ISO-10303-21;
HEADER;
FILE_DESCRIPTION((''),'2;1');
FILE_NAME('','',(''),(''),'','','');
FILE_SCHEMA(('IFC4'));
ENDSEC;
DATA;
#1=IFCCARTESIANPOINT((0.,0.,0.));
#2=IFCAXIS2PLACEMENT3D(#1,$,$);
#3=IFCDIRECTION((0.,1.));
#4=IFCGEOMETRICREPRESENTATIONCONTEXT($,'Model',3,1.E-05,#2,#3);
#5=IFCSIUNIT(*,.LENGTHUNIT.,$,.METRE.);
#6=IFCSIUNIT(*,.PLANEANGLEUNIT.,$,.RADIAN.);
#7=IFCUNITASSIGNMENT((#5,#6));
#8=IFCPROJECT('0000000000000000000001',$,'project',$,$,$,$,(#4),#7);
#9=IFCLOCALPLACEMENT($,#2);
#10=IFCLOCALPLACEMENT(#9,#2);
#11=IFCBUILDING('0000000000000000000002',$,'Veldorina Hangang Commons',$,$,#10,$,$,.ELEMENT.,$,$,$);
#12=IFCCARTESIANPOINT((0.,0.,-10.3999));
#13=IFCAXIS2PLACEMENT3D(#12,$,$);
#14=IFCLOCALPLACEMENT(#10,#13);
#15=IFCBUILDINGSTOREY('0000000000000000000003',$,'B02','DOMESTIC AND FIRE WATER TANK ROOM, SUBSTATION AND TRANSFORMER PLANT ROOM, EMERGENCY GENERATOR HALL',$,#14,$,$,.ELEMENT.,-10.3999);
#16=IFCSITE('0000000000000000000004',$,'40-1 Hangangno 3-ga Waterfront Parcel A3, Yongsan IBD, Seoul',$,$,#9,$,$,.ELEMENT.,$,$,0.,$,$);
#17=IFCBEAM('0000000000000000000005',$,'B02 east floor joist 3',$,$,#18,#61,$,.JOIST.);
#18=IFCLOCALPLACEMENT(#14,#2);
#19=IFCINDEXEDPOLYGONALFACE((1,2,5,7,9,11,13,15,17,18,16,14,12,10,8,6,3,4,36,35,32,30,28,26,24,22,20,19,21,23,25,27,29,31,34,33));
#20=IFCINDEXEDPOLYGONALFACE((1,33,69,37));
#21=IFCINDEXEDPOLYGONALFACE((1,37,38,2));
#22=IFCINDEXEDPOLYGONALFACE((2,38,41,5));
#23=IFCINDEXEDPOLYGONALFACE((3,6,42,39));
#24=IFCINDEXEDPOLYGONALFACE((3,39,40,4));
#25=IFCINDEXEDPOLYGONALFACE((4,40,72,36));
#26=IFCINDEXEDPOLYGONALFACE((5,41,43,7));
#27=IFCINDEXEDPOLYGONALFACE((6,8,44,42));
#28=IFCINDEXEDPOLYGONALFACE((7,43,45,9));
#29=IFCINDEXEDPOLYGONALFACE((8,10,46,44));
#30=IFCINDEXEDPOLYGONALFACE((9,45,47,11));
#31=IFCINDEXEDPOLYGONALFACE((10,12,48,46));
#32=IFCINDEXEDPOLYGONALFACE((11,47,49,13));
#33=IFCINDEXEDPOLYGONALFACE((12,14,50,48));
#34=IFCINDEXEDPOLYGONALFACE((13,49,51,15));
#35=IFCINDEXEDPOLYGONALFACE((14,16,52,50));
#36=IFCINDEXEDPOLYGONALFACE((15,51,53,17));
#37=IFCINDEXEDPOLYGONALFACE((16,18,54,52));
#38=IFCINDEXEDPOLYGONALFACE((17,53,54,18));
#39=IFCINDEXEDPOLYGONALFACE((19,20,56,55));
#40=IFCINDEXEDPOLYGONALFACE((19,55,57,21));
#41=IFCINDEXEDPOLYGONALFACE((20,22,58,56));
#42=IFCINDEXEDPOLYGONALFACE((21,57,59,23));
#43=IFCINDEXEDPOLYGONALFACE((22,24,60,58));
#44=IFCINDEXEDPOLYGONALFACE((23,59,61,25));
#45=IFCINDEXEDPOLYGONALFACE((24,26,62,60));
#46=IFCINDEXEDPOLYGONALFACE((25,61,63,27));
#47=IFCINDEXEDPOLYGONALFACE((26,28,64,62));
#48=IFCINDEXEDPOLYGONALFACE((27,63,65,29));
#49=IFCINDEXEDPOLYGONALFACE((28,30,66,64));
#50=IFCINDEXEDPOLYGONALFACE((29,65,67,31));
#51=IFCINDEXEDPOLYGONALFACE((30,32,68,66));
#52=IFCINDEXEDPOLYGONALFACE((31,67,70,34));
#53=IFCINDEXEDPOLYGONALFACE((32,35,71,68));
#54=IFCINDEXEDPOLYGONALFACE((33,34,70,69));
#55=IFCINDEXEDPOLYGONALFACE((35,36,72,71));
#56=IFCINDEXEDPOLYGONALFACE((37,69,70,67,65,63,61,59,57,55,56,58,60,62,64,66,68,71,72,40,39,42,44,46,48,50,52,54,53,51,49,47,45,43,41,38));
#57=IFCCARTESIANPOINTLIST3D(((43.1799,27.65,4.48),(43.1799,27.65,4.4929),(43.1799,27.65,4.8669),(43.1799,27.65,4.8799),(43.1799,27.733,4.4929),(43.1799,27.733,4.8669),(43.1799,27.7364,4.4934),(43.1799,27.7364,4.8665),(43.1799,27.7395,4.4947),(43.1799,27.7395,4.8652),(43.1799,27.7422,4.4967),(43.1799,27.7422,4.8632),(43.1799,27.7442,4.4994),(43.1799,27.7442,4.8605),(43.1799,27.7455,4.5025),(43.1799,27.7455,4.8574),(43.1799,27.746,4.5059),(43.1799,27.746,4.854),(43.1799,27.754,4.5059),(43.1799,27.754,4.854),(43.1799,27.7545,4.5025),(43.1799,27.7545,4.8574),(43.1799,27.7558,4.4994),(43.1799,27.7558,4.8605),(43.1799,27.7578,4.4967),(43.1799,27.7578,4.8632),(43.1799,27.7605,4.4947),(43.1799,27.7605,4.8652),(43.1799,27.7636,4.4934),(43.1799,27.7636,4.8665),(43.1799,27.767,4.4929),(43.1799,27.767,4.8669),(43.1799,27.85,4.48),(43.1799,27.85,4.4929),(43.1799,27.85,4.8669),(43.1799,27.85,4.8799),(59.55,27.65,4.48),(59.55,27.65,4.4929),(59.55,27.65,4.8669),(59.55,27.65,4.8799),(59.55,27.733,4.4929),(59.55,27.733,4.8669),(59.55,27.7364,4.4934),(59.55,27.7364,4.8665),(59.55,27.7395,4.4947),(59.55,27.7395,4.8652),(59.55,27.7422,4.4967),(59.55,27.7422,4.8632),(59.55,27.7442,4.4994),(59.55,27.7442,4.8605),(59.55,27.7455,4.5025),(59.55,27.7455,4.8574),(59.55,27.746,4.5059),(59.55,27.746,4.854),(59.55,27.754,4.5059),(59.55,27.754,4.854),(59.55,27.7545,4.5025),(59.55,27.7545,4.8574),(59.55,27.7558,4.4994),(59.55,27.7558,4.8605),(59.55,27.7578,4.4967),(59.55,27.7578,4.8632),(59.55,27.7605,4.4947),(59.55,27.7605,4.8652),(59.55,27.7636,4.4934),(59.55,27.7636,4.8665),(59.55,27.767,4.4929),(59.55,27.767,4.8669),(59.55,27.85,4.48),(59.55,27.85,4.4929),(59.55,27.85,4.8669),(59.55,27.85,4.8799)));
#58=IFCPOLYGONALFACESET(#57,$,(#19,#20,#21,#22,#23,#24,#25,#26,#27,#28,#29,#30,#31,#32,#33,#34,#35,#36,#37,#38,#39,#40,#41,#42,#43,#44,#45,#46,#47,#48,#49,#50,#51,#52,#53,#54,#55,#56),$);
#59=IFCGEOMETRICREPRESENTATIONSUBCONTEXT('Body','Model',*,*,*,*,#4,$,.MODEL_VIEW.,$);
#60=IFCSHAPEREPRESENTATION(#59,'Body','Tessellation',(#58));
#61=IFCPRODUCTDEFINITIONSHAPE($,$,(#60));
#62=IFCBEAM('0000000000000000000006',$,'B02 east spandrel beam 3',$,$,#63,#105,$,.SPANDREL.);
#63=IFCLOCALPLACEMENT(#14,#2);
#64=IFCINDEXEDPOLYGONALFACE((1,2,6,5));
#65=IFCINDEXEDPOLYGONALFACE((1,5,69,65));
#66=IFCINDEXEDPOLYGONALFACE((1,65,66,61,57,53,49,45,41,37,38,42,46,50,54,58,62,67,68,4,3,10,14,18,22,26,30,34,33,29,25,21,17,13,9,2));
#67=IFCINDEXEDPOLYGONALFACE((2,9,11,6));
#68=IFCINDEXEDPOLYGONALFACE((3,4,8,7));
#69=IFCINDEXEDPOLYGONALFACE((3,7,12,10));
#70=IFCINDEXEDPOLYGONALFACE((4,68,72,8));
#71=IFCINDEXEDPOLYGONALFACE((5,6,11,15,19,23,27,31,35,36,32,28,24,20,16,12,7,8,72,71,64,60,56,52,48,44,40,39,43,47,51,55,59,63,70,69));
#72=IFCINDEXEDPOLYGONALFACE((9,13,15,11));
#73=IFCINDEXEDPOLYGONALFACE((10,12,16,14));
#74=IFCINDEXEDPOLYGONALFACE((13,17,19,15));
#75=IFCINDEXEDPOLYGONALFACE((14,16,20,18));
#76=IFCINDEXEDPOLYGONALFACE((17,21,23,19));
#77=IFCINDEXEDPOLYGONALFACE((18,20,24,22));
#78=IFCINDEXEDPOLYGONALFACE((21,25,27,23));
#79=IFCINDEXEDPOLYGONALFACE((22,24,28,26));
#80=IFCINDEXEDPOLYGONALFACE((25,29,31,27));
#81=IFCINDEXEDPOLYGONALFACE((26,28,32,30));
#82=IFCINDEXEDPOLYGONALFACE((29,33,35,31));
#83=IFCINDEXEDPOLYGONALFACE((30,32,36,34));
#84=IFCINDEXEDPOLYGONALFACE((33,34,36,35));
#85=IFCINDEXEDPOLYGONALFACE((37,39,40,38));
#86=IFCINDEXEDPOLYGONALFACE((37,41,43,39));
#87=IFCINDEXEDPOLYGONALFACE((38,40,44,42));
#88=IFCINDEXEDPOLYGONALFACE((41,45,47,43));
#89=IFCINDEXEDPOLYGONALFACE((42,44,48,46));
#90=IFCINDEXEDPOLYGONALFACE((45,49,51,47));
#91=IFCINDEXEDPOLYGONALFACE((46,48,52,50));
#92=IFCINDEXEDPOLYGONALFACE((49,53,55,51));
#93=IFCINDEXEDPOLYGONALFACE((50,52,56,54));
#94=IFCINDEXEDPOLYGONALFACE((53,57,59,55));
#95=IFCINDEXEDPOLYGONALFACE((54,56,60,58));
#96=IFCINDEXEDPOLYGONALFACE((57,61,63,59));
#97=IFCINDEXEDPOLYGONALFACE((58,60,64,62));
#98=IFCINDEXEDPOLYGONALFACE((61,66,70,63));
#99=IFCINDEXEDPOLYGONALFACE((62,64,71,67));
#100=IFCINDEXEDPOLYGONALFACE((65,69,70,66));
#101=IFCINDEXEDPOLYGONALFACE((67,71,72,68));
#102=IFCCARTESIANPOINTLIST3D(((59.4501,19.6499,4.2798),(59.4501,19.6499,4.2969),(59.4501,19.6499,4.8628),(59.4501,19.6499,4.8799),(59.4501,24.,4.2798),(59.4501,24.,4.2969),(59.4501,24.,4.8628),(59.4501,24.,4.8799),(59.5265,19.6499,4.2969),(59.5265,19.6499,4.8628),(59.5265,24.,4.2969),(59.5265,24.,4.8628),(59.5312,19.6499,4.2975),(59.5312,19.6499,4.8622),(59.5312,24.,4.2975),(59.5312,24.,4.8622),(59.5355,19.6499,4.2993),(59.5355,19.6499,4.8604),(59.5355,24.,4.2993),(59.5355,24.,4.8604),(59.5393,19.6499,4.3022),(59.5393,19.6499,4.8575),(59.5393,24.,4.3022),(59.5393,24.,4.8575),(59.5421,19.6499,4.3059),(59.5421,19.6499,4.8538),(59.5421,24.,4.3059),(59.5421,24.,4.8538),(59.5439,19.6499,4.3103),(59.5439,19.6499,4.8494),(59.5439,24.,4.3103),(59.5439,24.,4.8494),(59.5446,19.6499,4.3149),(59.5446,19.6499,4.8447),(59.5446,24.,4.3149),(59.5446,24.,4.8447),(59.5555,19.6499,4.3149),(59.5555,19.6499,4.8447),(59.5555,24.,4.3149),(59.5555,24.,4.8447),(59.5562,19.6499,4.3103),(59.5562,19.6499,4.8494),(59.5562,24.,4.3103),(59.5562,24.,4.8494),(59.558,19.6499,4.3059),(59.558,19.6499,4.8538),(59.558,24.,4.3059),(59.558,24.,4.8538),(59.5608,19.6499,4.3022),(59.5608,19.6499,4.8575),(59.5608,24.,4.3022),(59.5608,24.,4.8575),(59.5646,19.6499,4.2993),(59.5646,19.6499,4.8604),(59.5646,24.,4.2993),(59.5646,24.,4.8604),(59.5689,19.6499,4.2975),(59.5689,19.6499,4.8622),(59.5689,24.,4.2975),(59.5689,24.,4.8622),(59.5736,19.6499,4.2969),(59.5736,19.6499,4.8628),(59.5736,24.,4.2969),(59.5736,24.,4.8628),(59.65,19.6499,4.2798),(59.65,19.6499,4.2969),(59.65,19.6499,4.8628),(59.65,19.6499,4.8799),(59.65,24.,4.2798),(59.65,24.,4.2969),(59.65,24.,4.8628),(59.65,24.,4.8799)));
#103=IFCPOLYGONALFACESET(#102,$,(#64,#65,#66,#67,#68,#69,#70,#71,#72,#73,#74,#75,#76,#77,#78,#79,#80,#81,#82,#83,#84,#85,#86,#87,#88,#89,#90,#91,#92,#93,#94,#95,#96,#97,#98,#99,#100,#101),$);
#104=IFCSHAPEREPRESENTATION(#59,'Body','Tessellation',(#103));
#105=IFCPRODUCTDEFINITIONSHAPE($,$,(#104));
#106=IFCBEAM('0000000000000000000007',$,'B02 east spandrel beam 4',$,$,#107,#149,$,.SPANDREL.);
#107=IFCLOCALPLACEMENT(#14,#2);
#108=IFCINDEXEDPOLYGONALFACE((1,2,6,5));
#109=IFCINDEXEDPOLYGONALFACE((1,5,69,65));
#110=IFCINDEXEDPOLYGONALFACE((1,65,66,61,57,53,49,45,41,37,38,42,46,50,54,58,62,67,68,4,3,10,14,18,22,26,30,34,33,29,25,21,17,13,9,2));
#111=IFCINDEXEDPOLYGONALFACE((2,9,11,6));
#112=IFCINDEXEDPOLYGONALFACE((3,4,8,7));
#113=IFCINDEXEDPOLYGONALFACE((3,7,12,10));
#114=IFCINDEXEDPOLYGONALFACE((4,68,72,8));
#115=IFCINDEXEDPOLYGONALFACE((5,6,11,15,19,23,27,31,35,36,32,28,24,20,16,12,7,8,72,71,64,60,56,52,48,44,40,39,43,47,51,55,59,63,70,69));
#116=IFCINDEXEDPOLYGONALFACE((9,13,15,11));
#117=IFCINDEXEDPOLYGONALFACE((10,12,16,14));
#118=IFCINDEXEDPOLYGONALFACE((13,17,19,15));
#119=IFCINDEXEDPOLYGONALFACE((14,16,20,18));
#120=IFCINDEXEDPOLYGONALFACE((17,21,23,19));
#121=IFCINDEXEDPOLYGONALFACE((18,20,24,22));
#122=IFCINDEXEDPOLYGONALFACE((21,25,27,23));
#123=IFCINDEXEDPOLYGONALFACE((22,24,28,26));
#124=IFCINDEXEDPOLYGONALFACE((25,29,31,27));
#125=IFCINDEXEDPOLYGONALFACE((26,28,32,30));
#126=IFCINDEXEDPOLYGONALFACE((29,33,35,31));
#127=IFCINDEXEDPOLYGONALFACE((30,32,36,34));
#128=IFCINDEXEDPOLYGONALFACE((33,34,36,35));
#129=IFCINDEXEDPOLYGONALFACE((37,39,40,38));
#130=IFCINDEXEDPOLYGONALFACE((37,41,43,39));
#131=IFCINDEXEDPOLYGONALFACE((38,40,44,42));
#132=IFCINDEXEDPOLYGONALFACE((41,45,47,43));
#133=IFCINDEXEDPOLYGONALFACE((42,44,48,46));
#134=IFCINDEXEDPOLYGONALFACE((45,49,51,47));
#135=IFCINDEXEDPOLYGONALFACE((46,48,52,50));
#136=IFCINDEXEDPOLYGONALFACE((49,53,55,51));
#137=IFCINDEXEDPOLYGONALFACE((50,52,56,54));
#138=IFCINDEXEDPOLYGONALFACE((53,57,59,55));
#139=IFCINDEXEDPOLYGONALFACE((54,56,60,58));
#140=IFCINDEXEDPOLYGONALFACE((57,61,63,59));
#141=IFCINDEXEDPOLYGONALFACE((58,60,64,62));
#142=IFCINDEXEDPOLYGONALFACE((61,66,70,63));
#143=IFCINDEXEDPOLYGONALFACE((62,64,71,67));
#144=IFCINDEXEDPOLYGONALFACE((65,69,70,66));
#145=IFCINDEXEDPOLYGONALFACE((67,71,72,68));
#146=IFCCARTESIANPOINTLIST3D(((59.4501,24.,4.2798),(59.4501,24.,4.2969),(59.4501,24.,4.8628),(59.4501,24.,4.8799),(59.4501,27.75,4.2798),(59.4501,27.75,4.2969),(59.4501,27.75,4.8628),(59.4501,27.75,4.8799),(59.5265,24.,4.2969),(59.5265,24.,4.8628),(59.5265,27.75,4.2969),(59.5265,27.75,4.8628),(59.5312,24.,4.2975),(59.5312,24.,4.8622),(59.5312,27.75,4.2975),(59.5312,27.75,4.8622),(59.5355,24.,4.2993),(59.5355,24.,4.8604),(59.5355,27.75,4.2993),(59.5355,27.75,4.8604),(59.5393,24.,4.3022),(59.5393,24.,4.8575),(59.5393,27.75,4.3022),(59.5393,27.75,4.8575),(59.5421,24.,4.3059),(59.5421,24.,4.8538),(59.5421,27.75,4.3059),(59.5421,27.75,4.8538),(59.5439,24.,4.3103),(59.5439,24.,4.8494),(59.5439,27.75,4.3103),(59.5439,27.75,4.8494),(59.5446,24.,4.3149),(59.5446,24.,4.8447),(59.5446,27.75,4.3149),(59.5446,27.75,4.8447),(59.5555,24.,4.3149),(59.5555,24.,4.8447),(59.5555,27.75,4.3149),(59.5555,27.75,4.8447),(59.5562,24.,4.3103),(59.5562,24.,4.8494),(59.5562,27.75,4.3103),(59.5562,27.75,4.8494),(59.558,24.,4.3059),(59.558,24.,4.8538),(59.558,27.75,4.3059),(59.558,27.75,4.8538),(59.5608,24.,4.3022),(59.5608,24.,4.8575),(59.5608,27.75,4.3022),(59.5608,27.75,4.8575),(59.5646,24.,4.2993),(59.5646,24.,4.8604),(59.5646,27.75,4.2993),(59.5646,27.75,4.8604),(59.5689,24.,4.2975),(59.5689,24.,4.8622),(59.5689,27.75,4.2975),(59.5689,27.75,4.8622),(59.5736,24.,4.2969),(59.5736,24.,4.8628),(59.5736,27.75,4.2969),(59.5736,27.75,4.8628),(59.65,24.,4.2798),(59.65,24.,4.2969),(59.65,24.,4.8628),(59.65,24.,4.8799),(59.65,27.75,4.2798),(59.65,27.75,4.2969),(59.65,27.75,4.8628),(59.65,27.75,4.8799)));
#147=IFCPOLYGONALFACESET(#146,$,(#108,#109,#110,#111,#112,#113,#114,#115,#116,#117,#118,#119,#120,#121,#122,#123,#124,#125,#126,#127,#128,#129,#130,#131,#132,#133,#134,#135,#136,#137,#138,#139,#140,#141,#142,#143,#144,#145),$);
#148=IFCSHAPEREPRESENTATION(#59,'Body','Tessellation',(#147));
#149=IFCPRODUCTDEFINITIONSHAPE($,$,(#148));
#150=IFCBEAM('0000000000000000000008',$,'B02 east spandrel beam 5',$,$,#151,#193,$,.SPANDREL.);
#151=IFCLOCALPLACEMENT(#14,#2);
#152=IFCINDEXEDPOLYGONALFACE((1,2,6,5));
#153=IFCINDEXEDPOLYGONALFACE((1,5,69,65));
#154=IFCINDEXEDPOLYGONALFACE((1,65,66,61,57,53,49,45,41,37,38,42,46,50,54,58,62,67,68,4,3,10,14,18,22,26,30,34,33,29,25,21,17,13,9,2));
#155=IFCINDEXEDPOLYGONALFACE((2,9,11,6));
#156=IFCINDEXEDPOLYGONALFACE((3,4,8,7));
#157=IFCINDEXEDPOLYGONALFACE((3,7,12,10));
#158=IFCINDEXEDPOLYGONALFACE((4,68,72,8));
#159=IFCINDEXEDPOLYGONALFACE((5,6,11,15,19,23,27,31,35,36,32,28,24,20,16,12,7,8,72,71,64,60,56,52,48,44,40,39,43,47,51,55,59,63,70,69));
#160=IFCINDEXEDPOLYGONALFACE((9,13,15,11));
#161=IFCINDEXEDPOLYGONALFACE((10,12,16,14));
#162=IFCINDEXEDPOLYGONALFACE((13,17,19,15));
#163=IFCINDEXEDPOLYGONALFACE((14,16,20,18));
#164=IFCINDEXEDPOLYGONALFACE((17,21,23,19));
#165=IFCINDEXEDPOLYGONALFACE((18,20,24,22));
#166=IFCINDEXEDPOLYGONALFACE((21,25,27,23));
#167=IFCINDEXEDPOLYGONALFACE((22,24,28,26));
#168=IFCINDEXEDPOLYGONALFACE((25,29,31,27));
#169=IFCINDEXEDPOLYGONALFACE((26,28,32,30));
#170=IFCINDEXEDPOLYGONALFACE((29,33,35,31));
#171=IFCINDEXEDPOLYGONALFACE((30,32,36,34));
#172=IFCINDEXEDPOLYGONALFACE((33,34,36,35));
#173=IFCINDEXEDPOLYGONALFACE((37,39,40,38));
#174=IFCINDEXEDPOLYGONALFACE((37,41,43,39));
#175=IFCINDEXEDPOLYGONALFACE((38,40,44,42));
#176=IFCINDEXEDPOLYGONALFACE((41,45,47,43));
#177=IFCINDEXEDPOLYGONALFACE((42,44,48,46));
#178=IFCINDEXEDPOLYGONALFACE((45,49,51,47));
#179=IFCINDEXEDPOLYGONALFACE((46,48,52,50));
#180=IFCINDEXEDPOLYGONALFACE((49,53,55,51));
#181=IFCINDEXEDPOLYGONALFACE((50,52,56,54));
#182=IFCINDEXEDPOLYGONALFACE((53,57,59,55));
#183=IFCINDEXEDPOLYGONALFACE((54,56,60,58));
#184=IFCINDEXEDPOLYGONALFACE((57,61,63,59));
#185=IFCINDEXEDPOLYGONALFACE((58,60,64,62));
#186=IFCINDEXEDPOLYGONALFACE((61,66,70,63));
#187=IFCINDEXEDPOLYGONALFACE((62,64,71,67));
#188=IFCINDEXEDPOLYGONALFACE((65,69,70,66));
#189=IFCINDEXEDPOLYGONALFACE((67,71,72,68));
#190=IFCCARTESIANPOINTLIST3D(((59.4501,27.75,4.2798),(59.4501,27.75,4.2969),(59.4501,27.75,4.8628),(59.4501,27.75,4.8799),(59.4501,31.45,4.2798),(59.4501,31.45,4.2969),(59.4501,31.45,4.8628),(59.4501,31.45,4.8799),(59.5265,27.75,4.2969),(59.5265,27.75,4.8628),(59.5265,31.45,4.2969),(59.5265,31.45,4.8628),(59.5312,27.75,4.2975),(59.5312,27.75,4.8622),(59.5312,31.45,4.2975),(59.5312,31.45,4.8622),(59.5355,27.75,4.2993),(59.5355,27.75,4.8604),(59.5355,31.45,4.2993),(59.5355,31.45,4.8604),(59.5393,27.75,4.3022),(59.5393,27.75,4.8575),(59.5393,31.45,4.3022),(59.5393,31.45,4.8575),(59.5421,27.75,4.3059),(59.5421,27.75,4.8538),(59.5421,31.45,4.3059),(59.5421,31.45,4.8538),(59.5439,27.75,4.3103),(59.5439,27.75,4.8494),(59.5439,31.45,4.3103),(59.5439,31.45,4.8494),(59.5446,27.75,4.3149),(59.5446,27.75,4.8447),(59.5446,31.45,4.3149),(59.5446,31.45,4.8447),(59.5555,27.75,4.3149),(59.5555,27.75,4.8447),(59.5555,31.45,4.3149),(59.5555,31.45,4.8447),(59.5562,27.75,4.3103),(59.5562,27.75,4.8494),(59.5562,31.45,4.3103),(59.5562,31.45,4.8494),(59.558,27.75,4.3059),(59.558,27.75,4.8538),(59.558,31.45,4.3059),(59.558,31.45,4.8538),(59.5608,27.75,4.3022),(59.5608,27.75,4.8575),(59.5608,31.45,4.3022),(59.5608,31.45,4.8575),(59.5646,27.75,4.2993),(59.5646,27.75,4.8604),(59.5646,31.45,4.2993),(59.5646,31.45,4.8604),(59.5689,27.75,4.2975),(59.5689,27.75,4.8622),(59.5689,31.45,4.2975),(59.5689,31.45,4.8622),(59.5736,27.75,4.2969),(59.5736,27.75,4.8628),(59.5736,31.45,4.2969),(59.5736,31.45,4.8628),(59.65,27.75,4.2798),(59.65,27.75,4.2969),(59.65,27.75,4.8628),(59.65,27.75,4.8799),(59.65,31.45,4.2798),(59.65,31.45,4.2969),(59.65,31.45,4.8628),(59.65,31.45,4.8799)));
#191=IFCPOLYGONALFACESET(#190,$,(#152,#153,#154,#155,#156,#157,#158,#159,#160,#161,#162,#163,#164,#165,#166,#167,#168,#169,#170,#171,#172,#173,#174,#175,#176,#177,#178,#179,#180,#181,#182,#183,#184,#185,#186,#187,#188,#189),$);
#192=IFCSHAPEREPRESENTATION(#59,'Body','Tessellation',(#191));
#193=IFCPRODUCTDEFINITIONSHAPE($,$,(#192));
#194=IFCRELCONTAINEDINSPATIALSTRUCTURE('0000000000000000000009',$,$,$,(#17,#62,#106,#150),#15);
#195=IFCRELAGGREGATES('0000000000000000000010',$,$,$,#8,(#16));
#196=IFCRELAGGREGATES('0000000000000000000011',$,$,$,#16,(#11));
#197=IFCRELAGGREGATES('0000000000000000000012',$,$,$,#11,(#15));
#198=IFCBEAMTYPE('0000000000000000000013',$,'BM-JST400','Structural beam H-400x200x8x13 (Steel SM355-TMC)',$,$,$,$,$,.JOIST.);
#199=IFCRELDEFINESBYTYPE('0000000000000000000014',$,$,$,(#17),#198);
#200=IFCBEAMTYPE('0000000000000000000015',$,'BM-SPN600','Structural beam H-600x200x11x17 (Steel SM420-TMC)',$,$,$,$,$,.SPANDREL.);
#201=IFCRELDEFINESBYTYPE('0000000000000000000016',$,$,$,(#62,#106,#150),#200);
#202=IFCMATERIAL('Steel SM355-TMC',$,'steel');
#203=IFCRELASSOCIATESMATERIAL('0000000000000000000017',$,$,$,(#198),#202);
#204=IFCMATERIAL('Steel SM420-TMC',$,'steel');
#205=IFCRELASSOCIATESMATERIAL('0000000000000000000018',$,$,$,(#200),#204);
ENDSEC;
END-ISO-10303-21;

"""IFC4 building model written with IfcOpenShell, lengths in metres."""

from ifc_helpers import new_model, si_unit, direction, frame, origin, origin_2d, place, context, subcontext, project, spatial, i_section, extrude, material, material_profile, profile_set, type_object, element, save


model = new_model("IFC4")

# Units and contexts
model_context = context("Model", 3, precision=1e-05, world=origin(), true_north=direction((0.0, 1.0)))
body_context = subcontext(model_context, "Body", "Model", "MODEL_VIEW")
ifc_project = project(units=[si_unit("LENGTHUNIT", "METRE"), si_unit("PLANEANGLEUNIT", "RADIAN")], contexts=[model_context])

# Site, building, storey
site_placement = place(None, origin())
site = spatial("IfcSite", under=ifc_project, at=site_placement, Name="40-1 Hangangno 3-ga Waterfront Parcel A3, Yongsan IBD, Seoul", CompositionType="ELEMENT", RefElevation=0.0)
building_placement = place(site_placement, origin())
building = spatial("IfcBuilding", under=site, at=building_placement, Name="Veldorina Hangang Commons", CompositionType="ELEMENT")
storey_placement = place(building_placement, frame((0.0, 0.0, -10.3999)))
storey = spatial("IfcBuildingStorey", under=building, at=storey_placement, Name="B02", Description="DOMESTIC AND FIRE WATER TANK ROOM, SUBSTATION AND TRANSFORMER PLANT ROOM, EMERGENCY GENERATOR HALL", CompositionType="ELEMENT", Elevation=-10.3999)

# Shared definitions
ifc_material_1 = material(Name="Steel SM355-TMC", Category="steel")

# Beams
ifc_material_profile_1 = material_profile(ifc_material_1, i_section(OverallWidth=0.2, OverallDepth=0.3999, WebThickness=0.0081, FlangeThickness=0.0129, FilletRadius=0.0129, at=origin_2d()), Name="H-400x200x8x13")
ifc_profile_set_1 = profile_set([ifc_material_profile_1], Name="Steel SM355-TMC")
beam_type_1 = type_object("IfcBeamType", Name="BM-JST400", Description="Structural beam H-400x200x8x13 (Steel SM355-TMC)", PredefinedType="JOIST", material=ifc_profile_set_1)
for number, where, z_axis, x_axis, name in (
    (1, (43.1799, 27.75, 4.6799), (1.0, 0.0, 0.0), (0.0, 1.0, 0.0), "B02 east floor joist 3"),
):
    element("IfcBeam", number, at=place(storey_placement, frame(where, z_axis=z_axis, x_axis=x_axis)), inside=storey, type_object=beam_type_1, Name=name, PredefinedType="JOIST", context=body_context, shape_type="SweptSolid", body=[
        extrude(i_section(OverallWidth=0.2, OverallDepth=0.3999, WebThickness=0.0081, FlangeThickness=0.0129, FilletRadius=0.0129, at=origin_2d()), origin(), (0.0, 0.0, 1.0), 16.3701),
    ])
ifc_material_2 = material(Name="Steel SM420-TMC", Category="steel")
ifc_material_profile_2 = material_profile(ifc_material_2, i_section(OverallWidth=0.2, OverallDepth=0.6001, WebThickness=0.011, FlangeThickness=0.0171, FilletRadius=0.0181, at=origin_2d()), Name="H-600x200x11x17")
ifc_profile_set_2 = profile_set([ifc_material_profile_2], Name="Steel SM420-TMC")
beam_type_2 = type_object("IfcBeamType", Name="BM-SPN600", Description="Structural beam H-600x200x11x17 (Steel SM420-TMC)", PredefinedType="SPANDREL", material=ifc_profile_set_2)
beam_1_placement = place(storey_placement, frame((59.55, 19.6499, 4.5798), z_axis=(0.0, 1.0, 0.0), x_axis=(-1.0, 0.0, 0.0)))
element("IfcBeam", 2, at=beam_1_placement, inside=storey, type_object=beam_type_2, Name="B02 east spandrel beam 3", PredefinedType="SPANDREL", context=body_context, shape_type="SweptSolid", body=[
    extrude(i_section(OverallWidth=0.2, OverallDepth=0.6001, WebThickness=0.011, FlangeThickness=0.0171, FilletRadius=0.0181, at=origin_2d()), origin(), (0.0, 0.0, 1.0), 4.3501),
])
beam_2_placement = place(storey_placement, frame((59.55, 24.0, 4.5798), z_axis=(0.0, 1.0, 0.0), x_axis=(-1.0, 0.0, 0.0)))
element("IfcBeam", 3, at=beam_2_placement, inside=storey, type_object=beam_type_2, Name="B02 east spandrel beam 4", PredefinedType="SPANDREL", context=body_context, shape_type="SweptSolid", body=[
    extrude(i_section(OverallWidth=0.2, OverallDepth=0.6001, WebThickness=0.011, FlangeThickness=0.0171, FilletRadius=0.0181, at=origin_2d()), origin(), (0.0, 0.0, 1.0), 3.75),
])
beam_3_placement = place(storey_placement, frame((59.55, 27.75, 4.5798), z_axis=(0.0, 1.0, 0.0), x_axis=(-1.0, 0.0, 0.0)))
element("IfcBeam", 4, at=beam_3_placement, inside=storey, type_object=beam_type_2, Name="B02 east spandrel beam 5", PredefinedType="SPANDREL", context=body_context, shape_type="SweptSolid", body=[
    extrude(i_section(OverallWidth=0.2, OverallDepth=0.6001, WebThickness=0.011, FlangeThickness=0.0171, FilletRadius=0.0181, at=origin_2d()), origin(), (0.0, 0.0, 1.0), 3.7),
])

save(model, "model.ifc")
